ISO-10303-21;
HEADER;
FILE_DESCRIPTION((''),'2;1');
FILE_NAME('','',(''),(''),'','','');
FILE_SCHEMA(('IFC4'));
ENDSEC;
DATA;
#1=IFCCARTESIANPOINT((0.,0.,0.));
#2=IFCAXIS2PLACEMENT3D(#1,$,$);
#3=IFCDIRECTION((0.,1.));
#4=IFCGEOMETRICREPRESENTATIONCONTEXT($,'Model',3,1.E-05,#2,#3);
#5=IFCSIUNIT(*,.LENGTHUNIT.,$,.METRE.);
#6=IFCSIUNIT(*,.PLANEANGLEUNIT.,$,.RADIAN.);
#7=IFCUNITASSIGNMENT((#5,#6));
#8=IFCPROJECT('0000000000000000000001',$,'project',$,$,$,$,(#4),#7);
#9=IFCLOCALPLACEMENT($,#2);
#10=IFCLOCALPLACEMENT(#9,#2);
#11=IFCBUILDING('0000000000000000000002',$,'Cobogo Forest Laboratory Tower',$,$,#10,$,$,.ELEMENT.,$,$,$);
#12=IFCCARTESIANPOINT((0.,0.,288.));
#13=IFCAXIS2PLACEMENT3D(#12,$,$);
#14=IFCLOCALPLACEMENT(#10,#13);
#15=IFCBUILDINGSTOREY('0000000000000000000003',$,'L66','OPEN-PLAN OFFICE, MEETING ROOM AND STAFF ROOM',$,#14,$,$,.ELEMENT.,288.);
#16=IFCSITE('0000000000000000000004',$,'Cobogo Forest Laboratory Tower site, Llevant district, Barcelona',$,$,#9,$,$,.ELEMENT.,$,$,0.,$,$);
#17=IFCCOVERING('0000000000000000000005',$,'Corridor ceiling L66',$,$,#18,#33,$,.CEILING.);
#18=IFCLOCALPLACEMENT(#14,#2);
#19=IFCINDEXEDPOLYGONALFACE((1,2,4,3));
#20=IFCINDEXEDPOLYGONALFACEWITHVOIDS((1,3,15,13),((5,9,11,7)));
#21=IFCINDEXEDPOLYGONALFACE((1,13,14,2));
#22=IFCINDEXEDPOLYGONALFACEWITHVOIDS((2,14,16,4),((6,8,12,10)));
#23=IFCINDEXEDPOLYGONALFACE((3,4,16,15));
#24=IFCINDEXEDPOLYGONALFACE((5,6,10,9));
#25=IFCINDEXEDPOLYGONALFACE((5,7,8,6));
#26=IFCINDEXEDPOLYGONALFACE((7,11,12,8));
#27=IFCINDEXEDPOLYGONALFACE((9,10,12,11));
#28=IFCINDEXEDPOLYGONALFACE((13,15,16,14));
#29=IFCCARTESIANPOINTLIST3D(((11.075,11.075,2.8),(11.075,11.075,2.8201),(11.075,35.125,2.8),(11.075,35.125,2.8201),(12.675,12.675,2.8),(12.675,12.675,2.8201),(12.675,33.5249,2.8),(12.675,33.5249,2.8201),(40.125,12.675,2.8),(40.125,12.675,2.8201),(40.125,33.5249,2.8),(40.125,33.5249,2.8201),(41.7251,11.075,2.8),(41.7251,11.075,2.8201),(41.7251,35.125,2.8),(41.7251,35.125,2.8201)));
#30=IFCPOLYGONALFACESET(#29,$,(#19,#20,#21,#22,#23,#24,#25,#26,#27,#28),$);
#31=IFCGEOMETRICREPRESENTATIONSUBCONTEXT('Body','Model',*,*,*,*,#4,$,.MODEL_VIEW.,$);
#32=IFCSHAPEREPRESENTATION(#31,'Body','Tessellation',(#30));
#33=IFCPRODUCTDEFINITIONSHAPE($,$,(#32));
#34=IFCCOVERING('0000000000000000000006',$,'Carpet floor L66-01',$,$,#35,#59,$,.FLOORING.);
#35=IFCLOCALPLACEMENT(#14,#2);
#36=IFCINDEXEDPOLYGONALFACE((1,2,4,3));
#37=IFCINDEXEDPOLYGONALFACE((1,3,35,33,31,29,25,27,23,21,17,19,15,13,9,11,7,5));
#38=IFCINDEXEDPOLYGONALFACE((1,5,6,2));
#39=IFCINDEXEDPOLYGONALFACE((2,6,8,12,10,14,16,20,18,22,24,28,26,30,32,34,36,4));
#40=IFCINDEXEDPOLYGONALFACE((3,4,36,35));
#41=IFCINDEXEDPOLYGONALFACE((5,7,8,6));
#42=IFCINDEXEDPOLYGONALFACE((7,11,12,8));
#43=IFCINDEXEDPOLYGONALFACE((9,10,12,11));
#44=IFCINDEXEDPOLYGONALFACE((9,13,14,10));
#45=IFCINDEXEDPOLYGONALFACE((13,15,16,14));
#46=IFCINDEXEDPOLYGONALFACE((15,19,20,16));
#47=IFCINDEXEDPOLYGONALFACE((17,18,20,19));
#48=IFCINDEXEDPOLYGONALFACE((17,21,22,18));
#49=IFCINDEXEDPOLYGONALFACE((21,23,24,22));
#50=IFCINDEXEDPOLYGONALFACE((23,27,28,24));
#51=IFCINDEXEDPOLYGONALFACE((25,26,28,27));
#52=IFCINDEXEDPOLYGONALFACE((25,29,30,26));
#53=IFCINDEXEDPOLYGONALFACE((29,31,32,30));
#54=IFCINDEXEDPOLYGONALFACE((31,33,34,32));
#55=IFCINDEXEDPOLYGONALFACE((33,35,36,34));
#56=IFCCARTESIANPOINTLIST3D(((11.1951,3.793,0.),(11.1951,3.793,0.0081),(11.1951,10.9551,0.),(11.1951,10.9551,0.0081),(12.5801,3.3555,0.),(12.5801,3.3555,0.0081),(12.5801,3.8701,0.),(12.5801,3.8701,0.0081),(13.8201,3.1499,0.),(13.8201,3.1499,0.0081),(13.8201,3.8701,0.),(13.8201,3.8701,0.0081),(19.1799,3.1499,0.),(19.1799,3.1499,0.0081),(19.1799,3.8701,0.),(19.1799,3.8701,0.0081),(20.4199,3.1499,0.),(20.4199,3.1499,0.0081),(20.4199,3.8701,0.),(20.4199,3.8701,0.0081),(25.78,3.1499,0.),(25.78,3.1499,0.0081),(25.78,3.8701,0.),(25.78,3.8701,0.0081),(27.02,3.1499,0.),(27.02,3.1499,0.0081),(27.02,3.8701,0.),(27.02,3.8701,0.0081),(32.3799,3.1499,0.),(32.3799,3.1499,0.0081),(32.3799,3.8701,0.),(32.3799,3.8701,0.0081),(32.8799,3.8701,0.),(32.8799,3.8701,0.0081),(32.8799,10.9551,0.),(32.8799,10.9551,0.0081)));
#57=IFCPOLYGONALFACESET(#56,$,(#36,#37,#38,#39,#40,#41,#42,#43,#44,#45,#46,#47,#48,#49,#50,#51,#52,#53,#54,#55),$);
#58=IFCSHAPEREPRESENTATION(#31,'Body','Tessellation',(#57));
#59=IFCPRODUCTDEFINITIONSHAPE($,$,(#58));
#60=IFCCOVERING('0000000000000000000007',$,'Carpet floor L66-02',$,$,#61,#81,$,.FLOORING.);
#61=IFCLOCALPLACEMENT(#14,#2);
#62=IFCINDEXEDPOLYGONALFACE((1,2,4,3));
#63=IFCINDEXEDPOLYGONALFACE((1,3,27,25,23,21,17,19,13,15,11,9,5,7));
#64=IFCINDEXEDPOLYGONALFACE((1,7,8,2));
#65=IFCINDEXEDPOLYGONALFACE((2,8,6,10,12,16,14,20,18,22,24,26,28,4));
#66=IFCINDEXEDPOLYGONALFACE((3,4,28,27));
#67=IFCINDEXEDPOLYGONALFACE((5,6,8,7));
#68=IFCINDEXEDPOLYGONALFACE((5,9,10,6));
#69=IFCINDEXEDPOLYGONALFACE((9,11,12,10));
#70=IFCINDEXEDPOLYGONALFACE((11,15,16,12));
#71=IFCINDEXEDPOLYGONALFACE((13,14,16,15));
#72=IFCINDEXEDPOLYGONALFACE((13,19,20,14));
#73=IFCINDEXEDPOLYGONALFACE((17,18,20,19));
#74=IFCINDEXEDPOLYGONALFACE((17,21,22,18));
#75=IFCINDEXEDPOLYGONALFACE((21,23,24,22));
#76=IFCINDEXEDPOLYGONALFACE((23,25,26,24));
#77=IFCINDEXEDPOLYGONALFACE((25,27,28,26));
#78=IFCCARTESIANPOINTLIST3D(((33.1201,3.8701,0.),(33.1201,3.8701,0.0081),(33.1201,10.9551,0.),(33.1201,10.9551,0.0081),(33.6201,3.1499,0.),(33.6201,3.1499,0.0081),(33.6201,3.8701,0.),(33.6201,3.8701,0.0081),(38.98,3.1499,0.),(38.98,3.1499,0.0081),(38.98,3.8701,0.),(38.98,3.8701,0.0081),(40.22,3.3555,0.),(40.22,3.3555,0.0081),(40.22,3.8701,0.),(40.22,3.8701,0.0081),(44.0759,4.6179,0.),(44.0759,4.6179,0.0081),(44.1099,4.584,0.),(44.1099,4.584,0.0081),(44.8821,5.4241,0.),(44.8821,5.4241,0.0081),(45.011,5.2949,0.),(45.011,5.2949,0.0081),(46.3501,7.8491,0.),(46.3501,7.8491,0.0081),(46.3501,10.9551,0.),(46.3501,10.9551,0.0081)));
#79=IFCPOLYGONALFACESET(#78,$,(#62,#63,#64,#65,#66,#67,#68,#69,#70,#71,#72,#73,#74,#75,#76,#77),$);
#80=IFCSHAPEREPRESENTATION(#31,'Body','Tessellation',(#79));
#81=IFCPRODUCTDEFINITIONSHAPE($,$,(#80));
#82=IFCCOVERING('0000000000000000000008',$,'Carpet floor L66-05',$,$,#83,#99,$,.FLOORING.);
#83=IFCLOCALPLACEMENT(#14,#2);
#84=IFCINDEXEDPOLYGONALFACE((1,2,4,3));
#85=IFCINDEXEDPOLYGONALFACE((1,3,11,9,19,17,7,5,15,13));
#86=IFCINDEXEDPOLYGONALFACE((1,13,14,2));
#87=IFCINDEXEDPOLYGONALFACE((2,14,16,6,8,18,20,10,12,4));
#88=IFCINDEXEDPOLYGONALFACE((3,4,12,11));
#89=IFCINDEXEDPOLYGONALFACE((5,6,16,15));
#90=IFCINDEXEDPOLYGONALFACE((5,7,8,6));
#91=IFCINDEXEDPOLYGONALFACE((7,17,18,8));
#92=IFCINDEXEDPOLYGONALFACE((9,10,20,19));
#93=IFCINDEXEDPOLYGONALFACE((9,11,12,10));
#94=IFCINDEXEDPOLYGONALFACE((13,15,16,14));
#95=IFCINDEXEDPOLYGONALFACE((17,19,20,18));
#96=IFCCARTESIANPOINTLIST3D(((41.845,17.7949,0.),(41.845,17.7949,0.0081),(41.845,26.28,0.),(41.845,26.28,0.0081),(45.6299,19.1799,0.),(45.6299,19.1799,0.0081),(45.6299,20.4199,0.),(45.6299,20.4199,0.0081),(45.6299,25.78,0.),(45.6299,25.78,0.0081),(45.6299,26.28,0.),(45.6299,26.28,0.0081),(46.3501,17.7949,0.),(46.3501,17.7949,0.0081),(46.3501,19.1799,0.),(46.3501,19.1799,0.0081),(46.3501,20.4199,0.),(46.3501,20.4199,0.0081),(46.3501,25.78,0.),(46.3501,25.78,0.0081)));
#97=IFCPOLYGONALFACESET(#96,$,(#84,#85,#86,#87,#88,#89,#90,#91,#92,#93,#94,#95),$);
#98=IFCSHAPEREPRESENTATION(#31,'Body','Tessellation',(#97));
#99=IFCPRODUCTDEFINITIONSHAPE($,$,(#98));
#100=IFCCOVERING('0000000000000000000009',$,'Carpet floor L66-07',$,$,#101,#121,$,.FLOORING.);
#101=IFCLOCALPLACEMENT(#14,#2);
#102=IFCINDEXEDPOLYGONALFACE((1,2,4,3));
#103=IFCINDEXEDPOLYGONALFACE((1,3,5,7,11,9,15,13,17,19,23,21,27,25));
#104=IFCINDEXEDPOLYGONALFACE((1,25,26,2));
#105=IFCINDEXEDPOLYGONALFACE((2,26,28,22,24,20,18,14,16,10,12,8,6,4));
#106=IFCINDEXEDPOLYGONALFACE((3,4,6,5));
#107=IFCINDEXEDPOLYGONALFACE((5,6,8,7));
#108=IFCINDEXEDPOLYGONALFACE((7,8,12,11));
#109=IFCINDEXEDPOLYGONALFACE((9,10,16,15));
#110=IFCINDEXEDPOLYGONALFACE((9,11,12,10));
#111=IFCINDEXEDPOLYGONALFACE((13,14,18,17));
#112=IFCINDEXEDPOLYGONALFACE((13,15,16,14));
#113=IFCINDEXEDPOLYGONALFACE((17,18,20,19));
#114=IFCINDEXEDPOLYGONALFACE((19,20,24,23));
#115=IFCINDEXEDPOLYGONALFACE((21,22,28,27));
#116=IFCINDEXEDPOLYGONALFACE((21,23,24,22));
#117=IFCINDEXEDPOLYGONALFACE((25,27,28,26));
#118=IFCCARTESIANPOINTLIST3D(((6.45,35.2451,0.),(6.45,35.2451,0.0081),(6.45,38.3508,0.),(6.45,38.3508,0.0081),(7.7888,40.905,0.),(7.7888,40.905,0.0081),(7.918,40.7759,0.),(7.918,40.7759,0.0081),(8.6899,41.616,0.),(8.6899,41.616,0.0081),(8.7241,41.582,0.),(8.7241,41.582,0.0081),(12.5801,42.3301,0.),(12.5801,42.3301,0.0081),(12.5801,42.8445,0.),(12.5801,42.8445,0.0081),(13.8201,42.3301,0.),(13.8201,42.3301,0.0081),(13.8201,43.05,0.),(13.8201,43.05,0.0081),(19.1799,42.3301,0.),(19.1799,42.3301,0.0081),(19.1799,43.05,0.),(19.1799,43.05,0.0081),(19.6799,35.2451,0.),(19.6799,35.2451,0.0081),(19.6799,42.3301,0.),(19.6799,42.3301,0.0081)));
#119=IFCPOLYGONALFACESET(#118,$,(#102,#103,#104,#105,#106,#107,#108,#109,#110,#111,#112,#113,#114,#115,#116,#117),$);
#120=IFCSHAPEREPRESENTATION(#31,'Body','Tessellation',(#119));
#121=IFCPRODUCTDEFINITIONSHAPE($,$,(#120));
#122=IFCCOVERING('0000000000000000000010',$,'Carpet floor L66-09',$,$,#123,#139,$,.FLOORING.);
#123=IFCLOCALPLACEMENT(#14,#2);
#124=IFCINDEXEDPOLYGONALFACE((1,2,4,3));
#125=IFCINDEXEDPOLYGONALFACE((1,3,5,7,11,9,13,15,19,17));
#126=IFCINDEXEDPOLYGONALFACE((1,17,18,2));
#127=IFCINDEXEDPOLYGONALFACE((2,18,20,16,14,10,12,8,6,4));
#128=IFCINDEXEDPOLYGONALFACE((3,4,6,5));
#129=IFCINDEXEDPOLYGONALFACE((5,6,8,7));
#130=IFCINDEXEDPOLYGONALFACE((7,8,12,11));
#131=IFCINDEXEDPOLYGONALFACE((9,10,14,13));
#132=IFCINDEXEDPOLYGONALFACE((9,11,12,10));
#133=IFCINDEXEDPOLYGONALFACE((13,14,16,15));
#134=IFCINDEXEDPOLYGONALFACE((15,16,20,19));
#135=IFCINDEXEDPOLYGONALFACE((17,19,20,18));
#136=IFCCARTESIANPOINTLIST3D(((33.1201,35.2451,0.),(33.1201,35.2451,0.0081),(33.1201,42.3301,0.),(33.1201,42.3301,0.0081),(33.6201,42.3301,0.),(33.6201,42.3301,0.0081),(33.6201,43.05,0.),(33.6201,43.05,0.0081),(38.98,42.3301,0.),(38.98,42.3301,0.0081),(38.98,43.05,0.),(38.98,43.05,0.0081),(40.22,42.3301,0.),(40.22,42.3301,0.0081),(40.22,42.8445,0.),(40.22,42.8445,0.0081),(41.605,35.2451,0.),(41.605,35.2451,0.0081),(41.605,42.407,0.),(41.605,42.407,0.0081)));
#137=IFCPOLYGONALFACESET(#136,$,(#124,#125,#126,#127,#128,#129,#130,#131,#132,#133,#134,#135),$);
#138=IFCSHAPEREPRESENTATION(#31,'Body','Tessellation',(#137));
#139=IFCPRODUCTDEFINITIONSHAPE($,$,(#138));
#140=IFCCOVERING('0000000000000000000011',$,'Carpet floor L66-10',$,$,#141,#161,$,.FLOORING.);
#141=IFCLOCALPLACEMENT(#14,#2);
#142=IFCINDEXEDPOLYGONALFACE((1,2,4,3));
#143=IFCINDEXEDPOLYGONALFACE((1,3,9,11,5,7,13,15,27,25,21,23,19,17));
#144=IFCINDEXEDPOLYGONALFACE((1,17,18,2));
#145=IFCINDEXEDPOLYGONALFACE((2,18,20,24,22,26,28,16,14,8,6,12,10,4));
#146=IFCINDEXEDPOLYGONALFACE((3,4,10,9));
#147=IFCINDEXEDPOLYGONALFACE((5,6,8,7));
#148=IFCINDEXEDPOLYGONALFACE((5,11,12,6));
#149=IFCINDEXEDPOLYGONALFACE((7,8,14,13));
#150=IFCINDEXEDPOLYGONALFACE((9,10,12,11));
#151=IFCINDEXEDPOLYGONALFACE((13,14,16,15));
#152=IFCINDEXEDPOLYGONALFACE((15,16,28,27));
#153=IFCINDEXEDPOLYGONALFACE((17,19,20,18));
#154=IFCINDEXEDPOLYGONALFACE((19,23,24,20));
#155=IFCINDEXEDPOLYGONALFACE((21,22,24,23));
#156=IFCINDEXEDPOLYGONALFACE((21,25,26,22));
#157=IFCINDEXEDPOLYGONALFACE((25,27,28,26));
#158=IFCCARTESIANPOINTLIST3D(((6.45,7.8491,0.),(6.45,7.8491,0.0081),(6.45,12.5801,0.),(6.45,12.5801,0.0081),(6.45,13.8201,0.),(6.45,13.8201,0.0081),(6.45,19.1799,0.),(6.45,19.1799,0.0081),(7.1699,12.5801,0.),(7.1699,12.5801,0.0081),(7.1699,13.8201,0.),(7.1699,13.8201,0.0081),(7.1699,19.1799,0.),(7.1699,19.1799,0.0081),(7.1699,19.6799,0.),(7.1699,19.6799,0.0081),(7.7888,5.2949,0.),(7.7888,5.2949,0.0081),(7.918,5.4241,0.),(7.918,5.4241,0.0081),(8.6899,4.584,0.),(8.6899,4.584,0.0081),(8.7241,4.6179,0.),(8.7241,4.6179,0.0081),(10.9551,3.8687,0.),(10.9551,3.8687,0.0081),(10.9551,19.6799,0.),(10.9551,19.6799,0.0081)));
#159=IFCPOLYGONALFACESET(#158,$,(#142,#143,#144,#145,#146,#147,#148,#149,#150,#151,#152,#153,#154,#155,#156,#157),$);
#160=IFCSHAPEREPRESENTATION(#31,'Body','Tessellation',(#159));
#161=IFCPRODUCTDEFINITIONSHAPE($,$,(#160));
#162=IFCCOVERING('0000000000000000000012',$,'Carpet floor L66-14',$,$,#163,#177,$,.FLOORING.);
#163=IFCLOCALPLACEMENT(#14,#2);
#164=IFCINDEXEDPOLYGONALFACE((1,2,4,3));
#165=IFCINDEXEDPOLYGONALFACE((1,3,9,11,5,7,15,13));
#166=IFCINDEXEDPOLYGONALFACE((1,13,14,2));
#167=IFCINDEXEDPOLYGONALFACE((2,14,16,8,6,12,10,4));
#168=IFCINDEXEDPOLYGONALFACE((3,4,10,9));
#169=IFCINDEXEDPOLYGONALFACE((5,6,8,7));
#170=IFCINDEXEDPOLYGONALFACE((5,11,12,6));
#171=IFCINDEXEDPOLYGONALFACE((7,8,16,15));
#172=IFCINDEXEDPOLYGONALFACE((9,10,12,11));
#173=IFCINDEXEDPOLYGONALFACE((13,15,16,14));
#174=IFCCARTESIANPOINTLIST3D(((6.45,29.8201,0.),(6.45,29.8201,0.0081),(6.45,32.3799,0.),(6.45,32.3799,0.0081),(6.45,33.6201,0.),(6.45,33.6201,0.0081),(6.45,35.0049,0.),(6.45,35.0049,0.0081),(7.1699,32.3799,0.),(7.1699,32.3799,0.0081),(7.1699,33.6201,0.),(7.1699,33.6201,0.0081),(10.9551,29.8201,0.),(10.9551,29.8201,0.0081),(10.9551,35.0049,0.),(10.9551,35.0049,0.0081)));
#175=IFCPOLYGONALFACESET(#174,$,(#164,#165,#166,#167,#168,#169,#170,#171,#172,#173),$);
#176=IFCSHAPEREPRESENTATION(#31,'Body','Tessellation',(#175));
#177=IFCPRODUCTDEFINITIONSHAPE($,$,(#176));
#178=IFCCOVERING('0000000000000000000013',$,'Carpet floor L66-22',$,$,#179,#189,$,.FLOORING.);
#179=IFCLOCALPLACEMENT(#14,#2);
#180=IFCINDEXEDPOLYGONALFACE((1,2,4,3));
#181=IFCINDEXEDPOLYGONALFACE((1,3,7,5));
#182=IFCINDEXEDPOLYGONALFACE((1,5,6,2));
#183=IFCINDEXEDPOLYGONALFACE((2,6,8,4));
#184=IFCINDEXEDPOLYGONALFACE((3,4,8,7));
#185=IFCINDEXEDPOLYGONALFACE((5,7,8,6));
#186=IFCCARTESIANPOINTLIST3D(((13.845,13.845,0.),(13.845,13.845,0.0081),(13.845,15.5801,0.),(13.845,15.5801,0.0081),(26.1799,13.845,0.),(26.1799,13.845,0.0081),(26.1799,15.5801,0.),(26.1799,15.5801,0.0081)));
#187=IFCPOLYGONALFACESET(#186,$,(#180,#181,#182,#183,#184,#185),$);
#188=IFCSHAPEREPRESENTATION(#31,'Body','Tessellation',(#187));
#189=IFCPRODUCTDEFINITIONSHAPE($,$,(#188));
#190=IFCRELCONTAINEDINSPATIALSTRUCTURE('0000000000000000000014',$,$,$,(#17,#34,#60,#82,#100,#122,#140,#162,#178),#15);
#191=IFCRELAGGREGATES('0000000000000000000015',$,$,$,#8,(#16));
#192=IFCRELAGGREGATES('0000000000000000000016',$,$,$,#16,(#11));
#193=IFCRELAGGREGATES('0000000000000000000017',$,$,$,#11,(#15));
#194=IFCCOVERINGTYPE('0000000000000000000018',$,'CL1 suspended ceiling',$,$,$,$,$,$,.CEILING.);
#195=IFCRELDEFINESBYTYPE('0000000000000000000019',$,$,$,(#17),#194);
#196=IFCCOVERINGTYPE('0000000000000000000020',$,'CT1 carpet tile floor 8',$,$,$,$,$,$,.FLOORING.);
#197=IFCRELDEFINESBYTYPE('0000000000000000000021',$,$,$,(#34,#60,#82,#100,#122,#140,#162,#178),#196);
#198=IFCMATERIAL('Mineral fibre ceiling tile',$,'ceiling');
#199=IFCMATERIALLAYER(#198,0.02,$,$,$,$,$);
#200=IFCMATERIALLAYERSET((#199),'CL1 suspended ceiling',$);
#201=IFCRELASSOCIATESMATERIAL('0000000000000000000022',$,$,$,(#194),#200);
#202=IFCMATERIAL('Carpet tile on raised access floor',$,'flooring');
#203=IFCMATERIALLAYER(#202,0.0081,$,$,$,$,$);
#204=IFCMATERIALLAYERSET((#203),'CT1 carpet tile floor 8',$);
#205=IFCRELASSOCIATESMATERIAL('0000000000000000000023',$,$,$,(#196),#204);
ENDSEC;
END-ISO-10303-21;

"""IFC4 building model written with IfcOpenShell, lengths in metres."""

from ifc_helpers import new_model, si_unit, direction, frame, origin, place, context, subcontext, project, spatial, polyline, outline, extrude, material, layer, layer_set, type_object, element, save


model = new_model("IFC4")

# Units and contexts
model_context = context("Model", 3, precision=1e-05, world=origin(), true_north=direction((0.0, 1.0)))
body_context = subcontext(model_context, "Body", "Model", "MODEL_VIEW")
ifc_project = project(units=[si_unit("LENGTHUNIT", "METRE"), si_unit("PLANEANGLEUNIT", "RADIAN")], contexts=[model_context])

# Site, building, storey
site_placement = place(None, origin())
site = spatial("IfcSite", under=ifc_project, at=site_placement, Name="Cobogo Forest Laboratory Tower site, Llevant district, Barcelona", CompositionType="ELEMENT", RefElevation=0.0)
building_placement = place(site_placement, origin())
building = spatial("IfcBuilding", under=site, at=building_placement, Name="Cobogo Forest Laboratory Tower", CompositionType="ELEMENT")
storey_placement = place(building_placement, frame((0.0, 0.0, 288.0)))
storey = spatial("IfcBuildingStorey", under=building, at=storey_placement, Name="L66", Description="OPEN-PLAN OFFICE, MEETING ROOM AND STAFF ROOM", CompositionType="ELEMENT", Elevation=288.0)

# Coverings
ifc_material_1 = material(Name="Mineral fibre ceiling tile", Category="ceiling")
ifc_layer_1 = layer(ifc_material_1, 0.02)
ifc_layer_set_1 = layer_set([ifc_layer_1], Name="CL1 suspended ceiling")
covering_type_1 = type_object("IfcCoveringType", Name="CL1 suspended ceiling", PredefinedType="CEILING", material=ifc_layer_set_1)
covering_1_placement = place(storey_placement, frame((0.0, 0.0, 2.8)))
element("IfcCovering", 1, at=covering_1_placement, inside=storey, type_object=covering_type_1, Name="Corridor ceiling L66", PredefinedType="CEILING", context=body_context, shape_type="SweptSolid", body=[
    extrude(outline(polyline([(11.075, 11.075), (11.075, 35.125), (41.7251, 35.125), (41.7251, 11.075), (11.075, 11.075)]), holes=[polyline([(40.125, 33.5249), (12.675, 33.5249), (12.675, 12.675), (40.125, 12.675), (40.125, 33.5249)])]), origin(), (0.0, 0.0, 1.0), 0.02),
])
ifc_material_2 = material(Name="Carpet tile on raised access floor", Category="flooring")
ifc_layer_2 = layer(ifc_material_2, 0.0081)
ifc_layer_set_2 = layer_set([ifc_layer_2], Name="CT1 carpet tile floor 8")
covering_type_2 = type_object("IfcCoveringType", Name="CT1 carpet tile floor 8", PredefinedType="FLOORING", material=ifc_layer_set_2)
covering_2_placement = place(storey_placement, origin())
element("IfcCovering", 2, at=covering_2_placement, inside=storey, type_object=covering_type_2, Name="Carpet floor L66-01", PredefinedType="FLOORING", context=body_context, shape_type="SweptSolid", body=[
    extrude(outline(polyline([(32.8799, 10.9551), (32.8799, 3.8701), (32.3799, 3.8701), (32.3799, 3.1499), (27.02, 3.1499), (27.02, 3.8701), (25.78, 3.8701), (25.78, 3.1499), (20.4199, 3.1499), (20.4199, 3.8701), (19.1799, 3.8701), (19.1799, 3.1499), (13.8201, 3.1499), (13.8201, 3.8701), (12.5801, 3.8701), (12.5801, 3.3555), (11.1951, 3.793), (11.1951, 10.9551), (32.8799, 10.9551)])), origin(), (0.0, 0.0, 1.0), 0.0081),
])
covering_3_placement = place(storey_placement, origin())
element("IfcCovering", 3, at=covering_3_placement, inside=storey, type_object=covering_type_2, Name="Carpet floor L66-02", PredefinedType="FLOORING", context=body_context, shape_type="SweptSolid", body=[
    extrude(outline(polyline([(44.1099, 4.584), (40.22, 3.3555), (40.22, 3.8701), (38.98, 3.8701), (38.98, 3.1499), (33.6201, 3.1499), (33.6201, 3.8701), (33.1201, 3.8701), (33.1201, 10.9551), (46.3501, 10.9551), (46.3501, 7.8491), (45.011, 5.2949), (44.8821, 5.4241), (44.0759, 4.6179), (44.1099, 4.584)])), origin(), (0.0, 0.0, 1.0), 0.0081),
])
covering_4_placement = place(storey_placement, origin())
element("IfcCovering", 4, at=covering_4_placement, inside=storey, type_object=covering_type_2, Name="Carpet floor L66-05", PredefinedType="FLOORING", context=body_context, shape_type="SweptSolid", body=[
    extrude(outline(polyline([(41.845, 26.28), (45.6299, 26.28), (45.6299, 25.78), (46.3501, 25.78), (46.3501, 20.4199), (45.6299, 20.4199), (45.6299, 19.1799), (46.3501, 19.1799), (46.3501, 17.7949), (41.845, 17.7949), (41.845, 26.28)])), origin(), (0.0, 0.0, 1.0), 0.0081),
])
covering_5_placement = place(storey_placement, origin())
element("IfcCovering", 5, at=covering_5_placement, inside=storey, type_object=covering_type_2, Name="Carpet floor L66-07", PredefinedType="FLOORING", context=body_context, shape_type="SweptSolid", body=[
    extrude(outline(polyline([(6.45, 35.2451), (6.45, 38.3508), (7.7888, 40.905), (7.918, 40.7759), (8.7241, 41.582), (8.6899, 41.616), (12.5801, 42.8445), (12.5801, 42.3301), (13.8201, 42.3301), (13.8201, 43.05), (19.1799, 43.05), (19.1799, 42.3301), (19.6799, 42.3301), (19.6799, 35.2451), (6.45, 35.2451)])), origin(), (0.0, 0.0, 1.0), 0.0081),
])
covering_6_placement = place(storey_placement, origin())
element("IfcCovering", 6, at=covering_6_placement, inside=storey, type_object=covering_type_2, Name="Carpet floor L66-09", PredefinedType="FLOORING", context=body_context, shape_type="SweptSolid", body=[
    extrude(outline(polyline([(33.1201, 35.2451), (33.1201, 42.3301), (33.6201, 42.3301), (33.6201, 43.05), (38.98, 43.05), (38.98, 42.3301), (40.22, 42.3301), (40.22, 42.8445), (41.605, 42.407), (41.605, 35.2451), (33.1201, 35.2451)])), origin(), (0.0, 0.0, 1.0), 0.0081),
])
covering_7_placement = place(storey_placement, origin())
element("IfcCovering", 7, at=covering_7_placement, inside=storey, type_object=covering_type_2, Name="Carpet floor L66-10", PredefinedType="FLOORING", context=body_context, shape_type="SweptSolid", body=[
    extrude(outline(polyline([(8.6899, 4.584), (8.7241, 4.6179), (7.918, 5.4241), (7.7888, 5.2949), (6.45, 7.8491), (6.45, 12.5801), (7.1699, 12.5801), (7.1699, 13.8201), (6.45, 13.8201), (6.45, 19.1799), (7.1699, 19.1799), (7.1699, 19.6799), (10.9551, 19.6799), (10.9551, 3.8687), (8.6899, 4.584)])), origin(), (0.0, 0.0, 1.0), 0.0081),
])
covering_8_placement = place(storey_placement, origin())
element("IfcCovering", 8, at=covering_8_placement, inside=storey, type_object=covering_type_2, Name="Carpet floor L66-14", PredefinedType="FLOORING", context=body_context, shape_type="SweptSolid", body=[
    extrude(outline(polyline([(10.9551, 29.8201), (6.45, 29.8201), (6.45, 32.3799), (7.1699, 32.3799), (7.1699, 33.6201), (6.45, 33.6201), (6.45, 35.0049), (10.9551, 35.0049), (10.9551, 29.8201)])), origin(), (0.0, 0.0, 1.0), 0.0081),
])
covering_9_placement = place(storey_placement, origin())
element("IfcCovering", 9, at=covering_9_placement, inside=storey, type_object=covering_type_2, Name="Carpet floor L66-22", PredefinedType="FLOORING", context=body_context, shape_type="SweptSolid", body=[
    extrude(outline(polyline([(26.1799, 13.845), (13.845, 13.845), (13.845, 15.5801), (26.1799, 15.5801), (26.1799, 13.845)])), origin(), (0.0, 0.0, 1.0), 0.0081),
])

save(model, "model.ifc")
